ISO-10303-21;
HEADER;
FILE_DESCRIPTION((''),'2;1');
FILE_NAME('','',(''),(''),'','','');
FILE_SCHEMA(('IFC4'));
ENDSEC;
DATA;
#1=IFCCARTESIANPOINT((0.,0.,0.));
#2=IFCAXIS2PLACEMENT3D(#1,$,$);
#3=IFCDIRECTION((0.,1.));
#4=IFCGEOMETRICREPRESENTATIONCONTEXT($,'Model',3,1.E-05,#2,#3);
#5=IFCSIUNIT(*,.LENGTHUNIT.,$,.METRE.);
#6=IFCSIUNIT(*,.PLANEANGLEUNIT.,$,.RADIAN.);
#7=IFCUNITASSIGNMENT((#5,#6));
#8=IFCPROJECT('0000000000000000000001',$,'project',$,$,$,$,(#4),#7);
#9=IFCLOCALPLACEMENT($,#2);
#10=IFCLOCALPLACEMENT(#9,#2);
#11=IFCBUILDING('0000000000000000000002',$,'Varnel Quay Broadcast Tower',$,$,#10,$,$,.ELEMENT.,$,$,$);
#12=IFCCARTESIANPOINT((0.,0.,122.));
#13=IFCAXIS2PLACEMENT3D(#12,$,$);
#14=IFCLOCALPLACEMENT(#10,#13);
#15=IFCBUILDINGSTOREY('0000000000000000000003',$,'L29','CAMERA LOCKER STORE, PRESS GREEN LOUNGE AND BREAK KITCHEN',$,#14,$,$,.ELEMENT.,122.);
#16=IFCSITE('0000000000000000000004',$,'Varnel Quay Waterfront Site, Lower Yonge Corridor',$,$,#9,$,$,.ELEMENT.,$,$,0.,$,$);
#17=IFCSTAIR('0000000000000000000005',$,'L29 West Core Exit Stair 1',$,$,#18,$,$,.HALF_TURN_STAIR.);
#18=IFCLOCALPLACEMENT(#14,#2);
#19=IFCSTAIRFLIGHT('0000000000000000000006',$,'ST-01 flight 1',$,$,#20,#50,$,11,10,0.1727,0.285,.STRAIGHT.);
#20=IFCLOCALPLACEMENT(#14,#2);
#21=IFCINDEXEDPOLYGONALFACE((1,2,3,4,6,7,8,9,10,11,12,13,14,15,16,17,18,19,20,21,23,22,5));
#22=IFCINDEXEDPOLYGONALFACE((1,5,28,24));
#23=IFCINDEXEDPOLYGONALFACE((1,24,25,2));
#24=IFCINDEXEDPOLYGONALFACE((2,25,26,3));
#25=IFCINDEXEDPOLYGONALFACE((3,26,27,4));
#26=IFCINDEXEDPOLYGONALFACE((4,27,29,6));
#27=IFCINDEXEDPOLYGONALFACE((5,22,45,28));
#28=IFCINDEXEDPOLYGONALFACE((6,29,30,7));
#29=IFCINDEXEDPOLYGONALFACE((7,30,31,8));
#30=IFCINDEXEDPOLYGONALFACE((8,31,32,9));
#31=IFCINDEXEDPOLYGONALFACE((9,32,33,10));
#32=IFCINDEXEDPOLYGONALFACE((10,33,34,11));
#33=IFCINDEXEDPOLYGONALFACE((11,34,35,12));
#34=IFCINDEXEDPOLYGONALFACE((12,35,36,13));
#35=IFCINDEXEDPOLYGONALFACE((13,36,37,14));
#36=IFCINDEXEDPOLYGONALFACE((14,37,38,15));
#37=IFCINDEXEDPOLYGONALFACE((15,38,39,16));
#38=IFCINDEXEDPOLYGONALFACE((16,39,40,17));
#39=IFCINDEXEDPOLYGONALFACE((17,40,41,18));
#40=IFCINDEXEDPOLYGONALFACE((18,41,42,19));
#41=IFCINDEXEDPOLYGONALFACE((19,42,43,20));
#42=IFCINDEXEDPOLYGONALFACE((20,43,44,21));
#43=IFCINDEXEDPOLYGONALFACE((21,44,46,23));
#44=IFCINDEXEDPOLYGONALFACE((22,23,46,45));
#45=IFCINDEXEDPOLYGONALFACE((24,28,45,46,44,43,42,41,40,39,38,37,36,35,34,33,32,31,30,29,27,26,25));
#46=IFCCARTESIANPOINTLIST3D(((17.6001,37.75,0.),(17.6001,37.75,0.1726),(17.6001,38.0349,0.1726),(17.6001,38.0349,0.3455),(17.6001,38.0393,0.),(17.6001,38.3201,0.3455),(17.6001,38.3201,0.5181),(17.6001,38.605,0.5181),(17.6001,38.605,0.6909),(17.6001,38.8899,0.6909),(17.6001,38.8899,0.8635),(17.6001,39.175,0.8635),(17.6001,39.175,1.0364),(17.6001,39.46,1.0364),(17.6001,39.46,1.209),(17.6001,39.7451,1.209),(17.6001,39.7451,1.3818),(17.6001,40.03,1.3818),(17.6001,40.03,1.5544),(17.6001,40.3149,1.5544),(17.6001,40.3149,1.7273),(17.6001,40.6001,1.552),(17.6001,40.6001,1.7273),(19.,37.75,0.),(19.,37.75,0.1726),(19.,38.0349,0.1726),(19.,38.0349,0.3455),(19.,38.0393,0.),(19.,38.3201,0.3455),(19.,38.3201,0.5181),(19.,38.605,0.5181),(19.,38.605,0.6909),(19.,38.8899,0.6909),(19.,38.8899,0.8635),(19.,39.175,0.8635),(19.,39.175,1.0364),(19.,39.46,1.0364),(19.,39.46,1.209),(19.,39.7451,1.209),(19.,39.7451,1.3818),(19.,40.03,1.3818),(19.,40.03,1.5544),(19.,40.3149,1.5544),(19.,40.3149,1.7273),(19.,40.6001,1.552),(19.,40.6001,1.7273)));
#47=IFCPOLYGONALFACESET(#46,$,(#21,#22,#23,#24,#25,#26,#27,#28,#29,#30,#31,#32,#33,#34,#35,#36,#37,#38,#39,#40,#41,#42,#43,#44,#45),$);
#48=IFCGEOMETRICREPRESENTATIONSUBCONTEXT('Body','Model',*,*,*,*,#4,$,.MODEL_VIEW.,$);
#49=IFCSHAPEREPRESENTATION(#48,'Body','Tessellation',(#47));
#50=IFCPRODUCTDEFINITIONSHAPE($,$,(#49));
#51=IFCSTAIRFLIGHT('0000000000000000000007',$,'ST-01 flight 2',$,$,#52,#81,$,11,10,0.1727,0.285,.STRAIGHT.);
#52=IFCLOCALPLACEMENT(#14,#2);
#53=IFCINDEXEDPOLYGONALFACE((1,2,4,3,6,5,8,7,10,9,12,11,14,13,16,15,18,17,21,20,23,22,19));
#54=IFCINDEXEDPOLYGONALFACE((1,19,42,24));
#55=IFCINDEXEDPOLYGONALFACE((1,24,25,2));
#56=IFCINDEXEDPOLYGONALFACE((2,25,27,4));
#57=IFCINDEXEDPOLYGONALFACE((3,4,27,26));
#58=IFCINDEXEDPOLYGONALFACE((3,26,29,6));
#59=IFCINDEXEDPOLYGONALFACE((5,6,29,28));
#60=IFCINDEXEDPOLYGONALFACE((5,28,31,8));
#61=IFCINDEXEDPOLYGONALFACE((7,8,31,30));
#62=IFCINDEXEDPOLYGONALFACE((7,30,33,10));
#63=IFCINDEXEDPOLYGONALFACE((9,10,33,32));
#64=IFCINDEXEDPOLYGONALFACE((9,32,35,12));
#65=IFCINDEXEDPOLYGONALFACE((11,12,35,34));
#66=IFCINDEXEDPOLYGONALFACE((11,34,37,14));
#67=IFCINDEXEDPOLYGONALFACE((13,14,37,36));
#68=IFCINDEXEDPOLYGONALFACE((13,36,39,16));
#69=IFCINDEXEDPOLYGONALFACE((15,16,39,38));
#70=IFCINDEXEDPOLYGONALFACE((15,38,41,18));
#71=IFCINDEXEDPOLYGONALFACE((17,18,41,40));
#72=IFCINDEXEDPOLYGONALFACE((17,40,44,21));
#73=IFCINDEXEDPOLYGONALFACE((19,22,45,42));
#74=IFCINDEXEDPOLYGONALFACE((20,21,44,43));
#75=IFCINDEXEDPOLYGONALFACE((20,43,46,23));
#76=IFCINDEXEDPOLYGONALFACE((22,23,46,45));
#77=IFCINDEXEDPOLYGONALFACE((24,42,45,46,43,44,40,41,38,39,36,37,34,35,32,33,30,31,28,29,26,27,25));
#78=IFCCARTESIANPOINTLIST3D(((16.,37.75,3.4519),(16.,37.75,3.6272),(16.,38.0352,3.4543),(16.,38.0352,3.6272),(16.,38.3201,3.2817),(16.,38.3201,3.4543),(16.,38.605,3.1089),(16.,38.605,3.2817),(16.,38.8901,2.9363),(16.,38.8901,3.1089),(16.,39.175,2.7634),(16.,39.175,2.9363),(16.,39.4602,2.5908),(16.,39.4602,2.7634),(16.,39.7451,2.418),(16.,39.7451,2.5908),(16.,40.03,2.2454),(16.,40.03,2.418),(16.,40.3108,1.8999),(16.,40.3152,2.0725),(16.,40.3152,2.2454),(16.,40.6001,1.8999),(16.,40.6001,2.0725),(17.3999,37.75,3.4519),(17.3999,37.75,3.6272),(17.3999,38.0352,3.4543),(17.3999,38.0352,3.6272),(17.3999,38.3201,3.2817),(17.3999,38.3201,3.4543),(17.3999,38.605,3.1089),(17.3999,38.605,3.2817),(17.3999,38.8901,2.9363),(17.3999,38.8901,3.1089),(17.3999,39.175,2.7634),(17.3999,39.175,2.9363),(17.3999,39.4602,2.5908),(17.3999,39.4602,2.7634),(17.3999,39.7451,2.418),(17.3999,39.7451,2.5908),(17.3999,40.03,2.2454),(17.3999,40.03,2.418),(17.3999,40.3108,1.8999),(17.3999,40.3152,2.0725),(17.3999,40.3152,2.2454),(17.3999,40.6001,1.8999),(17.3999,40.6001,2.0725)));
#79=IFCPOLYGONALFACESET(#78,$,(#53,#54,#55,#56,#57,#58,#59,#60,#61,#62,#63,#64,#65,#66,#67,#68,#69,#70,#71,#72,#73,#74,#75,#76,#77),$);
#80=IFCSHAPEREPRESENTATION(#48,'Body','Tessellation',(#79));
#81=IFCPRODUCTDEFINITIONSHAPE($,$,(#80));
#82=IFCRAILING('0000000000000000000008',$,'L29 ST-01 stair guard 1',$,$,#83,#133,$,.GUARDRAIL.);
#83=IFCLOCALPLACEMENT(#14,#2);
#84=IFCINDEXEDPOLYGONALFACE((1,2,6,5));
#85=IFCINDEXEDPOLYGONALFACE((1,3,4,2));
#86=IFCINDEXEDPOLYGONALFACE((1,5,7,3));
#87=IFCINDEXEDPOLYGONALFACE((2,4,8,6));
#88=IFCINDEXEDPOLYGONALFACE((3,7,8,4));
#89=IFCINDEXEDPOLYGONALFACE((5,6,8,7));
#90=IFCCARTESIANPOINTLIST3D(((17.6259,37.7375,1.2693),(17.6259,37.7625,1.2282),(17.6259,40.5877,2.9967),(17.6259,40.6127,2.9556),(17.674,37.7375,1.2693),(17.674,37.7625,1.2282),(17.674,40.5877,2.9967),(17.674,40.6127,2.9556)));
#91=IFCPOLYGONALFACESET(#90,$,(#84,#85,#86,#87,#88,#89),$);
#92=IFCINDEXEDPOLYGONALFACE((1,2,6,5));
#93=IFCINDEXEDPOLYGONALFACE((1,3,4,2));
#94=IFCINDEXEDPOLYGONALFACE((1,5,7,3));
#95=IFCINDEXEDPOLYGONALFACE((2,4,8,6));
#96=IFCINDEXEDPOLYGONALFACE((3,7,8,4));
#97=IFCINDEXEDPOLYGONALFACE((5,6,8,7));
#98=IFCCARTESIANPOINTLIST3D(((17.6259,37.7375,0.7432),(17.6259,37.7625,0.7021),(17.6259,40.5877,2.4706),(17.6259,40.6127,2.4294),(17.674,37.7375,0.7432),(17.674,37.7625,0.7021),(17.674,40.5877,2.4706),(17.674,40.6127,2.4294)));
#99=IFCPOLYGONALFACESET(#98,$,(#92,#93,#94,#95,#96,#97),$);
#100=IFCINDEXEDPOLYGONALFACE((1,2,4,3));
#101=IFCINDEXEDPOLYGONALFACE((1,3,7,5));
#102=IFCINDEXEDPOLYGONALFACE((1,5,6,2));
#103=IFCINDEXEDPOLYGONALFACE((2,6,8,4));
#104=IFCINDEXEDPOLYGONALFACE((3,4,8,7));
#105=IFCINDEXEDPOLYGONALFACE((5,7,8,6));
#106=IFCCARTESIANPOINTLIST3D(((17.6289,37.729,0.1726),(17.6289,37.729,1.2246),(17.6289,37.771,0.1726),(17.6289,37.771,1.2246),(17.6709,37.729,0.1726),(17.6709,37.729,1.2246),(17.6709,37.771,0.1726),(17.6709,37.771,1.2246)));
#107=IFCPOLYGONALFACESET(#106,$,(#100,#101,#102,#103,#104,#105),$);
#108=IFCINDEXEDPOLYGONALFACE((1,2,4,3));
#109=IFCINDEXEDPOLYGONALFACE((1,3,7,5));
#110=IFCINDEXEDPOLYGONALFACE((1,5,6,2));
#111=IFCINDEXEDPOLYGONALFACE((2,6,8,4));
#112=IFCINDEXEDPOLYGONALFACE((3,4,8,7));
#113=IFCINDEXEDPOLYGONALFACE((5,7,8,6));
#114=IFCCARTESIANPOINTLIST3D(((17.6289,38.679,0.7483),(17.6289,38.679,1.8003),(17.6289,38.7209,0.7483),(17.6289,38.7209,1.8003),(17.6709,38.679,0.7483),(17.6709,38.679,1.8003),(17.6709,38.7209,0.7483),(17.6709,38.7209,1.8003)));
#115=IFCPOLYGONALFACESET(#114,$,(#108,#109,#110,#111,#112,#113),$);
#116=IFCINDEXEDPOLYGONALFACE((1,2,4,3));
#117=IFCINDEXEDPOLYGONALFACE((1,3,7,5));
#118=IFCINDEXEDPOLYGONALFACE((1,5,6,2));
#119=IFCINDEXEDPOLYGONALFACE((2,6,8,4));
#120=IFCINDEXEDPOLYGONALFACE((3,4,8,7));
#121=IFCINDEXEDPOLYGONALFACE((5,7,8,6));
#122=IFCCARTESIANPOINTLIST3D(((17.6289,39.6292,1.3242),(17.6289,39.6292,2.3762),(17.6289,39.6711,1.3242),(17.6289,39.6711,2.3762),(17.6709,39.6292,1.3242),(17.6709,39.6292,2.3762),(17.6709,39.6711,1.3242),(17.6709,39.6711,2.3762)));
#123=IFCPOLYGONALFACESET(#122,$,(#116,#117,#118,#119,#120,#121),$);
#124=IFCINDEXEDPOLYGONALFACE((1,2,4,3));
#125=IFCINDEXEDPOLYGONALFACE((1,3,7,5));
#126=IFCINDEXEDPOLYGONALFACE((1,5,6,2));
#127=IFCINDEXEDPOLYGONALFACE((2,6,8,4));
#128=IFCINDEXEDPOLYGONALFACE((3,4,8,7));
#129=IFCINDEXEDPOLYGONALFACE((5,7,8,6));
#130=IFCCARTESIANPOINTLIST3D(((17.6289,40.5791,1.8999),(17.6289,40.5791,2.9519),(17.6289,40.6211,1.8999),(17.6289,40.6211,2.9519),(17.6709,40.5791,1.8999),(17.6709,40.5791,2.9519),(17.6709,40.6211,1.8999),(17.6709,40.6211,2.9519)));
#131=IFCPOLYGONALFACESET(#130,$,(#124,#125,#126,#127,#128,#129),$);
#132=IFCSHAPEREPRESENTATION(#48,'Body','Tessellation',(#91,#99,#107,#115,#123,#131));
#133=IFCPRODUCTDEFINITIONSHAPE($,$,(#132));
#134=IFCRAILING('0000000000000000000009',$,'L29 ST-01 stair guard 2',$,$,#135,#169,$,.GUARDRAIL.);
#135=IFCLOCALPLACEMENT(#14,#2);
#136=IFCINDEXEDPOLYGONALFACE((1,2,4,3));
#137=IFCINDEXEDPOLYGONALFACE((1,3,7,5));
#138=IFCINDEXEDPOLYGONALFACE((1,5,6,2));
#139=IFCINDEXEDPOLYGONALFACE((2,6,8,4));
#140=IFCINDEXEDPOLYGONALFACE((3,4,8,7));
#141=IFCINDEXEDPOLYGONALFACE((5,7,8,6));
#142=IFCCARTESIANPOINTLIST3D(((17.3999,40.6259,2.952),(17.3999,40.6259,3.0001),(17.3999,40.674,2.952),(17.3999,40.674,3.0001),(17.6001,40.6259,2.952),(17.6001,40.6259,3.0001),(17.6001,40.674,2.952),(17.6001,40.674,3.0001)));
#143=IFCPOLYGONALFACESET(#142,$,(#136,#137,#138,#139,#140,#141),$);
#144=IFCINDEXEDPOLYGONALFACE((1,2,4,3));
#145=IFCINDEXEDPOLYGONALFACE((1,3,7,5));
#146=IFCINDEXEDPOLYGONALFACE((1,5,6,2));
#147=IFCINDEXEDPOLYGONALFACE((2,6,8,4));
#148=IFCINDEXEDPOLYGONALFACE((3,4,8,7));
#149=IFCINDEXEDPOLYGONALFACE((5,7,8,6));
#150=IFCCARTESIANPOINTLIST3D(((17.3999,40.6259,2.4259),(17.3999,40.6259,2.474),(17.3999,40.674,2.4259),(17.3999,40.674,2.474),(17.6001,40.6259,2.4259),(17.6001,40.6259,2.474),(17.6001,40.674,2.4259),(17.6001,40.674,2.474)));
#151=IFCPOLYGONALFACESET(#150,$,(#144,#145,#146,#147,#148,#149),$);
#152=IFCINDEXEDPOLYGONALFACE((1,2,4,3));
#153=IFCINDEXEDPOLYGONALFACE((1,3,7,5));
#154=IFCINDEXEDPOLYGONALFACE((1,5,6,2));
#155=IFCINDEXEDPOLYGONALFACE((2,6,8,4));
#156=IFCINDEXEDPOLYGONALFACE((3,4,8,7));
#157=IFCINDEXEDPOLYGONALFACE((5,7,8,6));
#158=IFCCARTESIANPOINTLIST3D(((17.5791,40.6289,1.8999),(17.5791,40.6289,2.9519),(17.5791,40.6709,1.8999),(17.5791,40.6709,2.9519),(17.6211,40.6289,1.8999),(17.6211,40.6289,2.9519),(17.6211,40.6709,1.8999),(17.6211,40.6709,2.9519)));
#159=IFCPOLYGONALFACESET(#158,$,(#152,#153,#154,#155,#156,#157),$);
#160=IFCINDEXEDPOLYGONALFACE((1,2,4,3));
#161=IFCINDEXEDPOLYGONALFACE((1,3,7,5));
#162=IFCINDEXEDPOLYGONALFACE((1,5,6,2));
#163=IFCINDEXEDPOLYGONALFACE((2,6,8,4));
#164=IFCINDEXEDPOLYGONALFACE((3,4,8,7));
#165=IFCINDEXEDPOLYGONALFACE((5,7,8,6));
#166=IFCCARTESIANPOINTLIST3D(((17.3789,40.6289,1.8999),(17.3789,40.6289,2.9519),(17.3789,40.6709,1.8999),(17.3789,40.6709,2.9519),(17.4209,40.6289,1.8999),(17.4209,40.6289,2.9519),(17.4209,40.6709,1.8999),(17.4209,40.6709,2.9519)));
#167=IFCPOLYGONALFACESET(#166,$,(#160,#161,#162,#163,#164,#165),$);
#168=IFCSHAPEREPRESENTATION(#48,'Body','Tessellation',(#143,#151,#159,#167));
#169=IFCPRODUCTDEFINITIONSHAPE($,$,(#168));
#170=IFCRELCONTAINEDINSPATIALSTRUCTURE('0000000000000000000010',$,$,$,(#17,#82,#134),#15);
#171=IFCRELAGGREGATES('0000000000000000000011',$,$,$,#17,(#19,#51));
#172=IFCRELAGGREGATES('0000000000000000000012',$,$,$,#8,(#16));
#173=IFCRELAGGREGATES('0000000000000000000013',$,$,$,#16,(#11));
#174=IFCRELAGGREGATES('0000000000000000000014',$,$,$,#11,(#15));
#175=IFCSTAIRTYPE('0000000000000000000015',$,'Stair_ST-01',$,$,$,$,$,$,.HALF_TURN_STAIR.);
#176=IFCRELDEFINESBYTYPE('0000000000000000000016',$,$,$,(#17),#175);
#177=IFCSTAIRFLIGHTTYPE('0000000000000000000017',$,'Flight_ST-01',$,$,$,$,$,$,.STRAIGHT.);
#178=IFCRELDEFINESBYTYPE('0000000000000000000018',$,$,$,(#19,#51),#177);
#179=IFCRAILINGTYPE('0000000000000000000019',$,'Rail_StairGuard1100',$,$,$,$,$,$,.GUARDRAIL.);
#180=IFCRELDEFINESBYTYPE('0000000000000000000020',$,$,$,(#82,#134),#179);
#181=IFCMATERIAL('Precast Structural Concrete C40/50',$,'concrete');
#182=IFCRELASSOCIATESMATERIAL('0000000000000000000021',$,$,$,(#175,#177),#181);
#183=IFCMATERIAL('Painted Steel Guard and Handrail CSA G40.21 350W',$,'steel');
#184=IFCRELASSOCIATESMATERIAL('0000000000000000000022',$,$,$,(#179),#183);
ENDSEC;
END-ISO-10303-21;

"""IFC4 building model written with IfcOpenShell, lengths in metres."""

from ifc_helpers import new_model, si_unit, direction, frame, origin, origin_2d, place, context, subcontext, project, spatial, polyline, rectangle, outline, extrude, material, type_object, element, aggregate, save


model = new_model("IFC4")

# Units and contexts
model_context = context("Model", 3, precision=1e-05, world=origin(), true_north=direction((0.0, 1.0)))
body_context = subcontext(model_context, "Body", "Model", "MODEL_VIEW")
ifc_project = project(units=[si_unit("LENGTHUNIT", "METRE"), si_unit("PLANEANGLEUNIT", "RADIAN")], contexts=[model_context])

# Site, building, storey
site_placement = place(None, origin())
site = spatial("IfcSite", under=ifc_project, at=site_placement, Name="Varnel Quay Waterfront Site, Lower Yonge Corridor", CompositionType="ELEMENT", RefElevation=0.0)
building_placement = place(site_placement, origin())
building = spatial("IfcBuilding", under=site, at=building_placement, Name="Varnel Quay Broadcast Tower", CompositionType="ELEMENT")
storey_placement = place(building_placement, frame((0.0, 0.0, 122.0)))
storey = spatial("IfcBuildingStorey", under=building, at=storey_placement, Name="L29", Description="CAMERA LOCKER STORE, PRESS GREEN LOUNGE AND BREAK KITCHEN", CompositionType="ELEMENT", Elevation=122.0)

# Stair, stair flights
ifc_material_1 = material(Name="Precast Structural Concrete C40/50", Category="concrete")
stair_type = type_object("IfcStairType", Name="Stair_ST-01", PredefinedType="HALF_TURN_STAIR", material=ifc_material_1)
stair_placement = place(storey_placement, origin())
stair = element("IfcStair", 1, at=stair_placement, inside=storey, type_object=stair_type, Name="L29 West Core Exit Stair 1", PredefinedType="HALF_TURN_STAIR")
stair_flight_type = type_object("IfcStairFlightType", Name="Flight_ST-01", PredefinedType="STRAIGHT", material=ifc_material_1)
stair_flight_1_placement = place(storey_placement, frame((18.3, 37.75, 0.0), z_axis=(0.0, 0.0, 1.0), x_axis=(0.0, 1.0, 0.0)))
stair_flight_1 = element("IfcStairFlight", 2, at=stair_flight_1_placement, type_object=stair_flight_type, Name="ST-01 flight 1", NumberOfRisers=11, NumberOfTreads=10, PredefinedType="STRAIGHT", RiserHeight=0.1727, TreadLength=0.285, context=body_context, shape_type="SweptSolid", body=[
    extrude(outline(polyline([(0.0, 0.0), (0.0, 0.1726), (0.2849, 0.1726), (0.2849, 0.3455), (0.5701, 0.3455), (0.5701, 0.5181), (0.855, 0.5181), (0.855, 0.6909), (1.1399, 0.6909), (1.1399, 0.8635), (1.425, 0.8635), (1.425, 1.0364), (1.71, 1.0364), (1.71, 1.209), (1.9951, 1.209), (1.9951, 1.3818), (2.28, 1.3818), (2.28, 1.5544), (2.5649, 1.5544), (2.5649, 1.7273), (2.8501, 1.7273), (2.8501, 1.8999), (2.8501, 1.552), (0.2893, 0.0), (0.0, 0.0)])), frame((0.0, 0.7, 0.0), z_axis=(0.0, -1.0, 0.0), x_axis=(1.0, 0.0, 0.0)), (0.0, 0.0, 1.0), 1.3999),
])
stair_flight_2_placement = place(storey_placement, frame((16.7, 40.6001, 1.8999), z_axis=(0.0, 0.0, 1.0), x_axis=(0.0, -1.0, 0.0)))
stair_flight_2 = element("IfcStairFlight", 3, at=stair_flight_2_placement, type_object=stair_flight_type, Name="ST-01 flight 2", NumberOfRisers=11, NumberOfTreads=10, PredefinedType="STRAIGHT", RiserHeight=0.1727, TreadLength=0.285, context=body_context, shape_type="SweptSolid", body=[
    extrude(outline(polyline([(0.0, 0.0), (0.0, 0.1726), (0.2849, 0.1726), (0.2849, 0.3455), (0.5701, 0.3455), (0.5701, 0.5181), (0.855, 0.5181), (0.855, 0.6909), (1.1399, 0.6909), (1.1399, 0.8635), (1.425, 0.8635), (1.425, 1.0364), (1.71, 1.0364), (1.71, 1.209), (1.9951, 1.209), (1.9951, 1.3818), (2.28, 1.3818), (2.28, 1.5544), (2.5649, 1.5544), (2.5649, 1.7273), (2.8501, 1.7273), (2.8501, 1.8999), (2.8501, 1.552), (0.2893, 0.0), (0.0, 0.0)])), frame((0.0, 0.7, 0.0), z_axis=(0.0, -1.0, 0.0), x_axis=(1.0, 0.0, 0.0)), (0.0, 0.0, 1.0), 1.3999),
])
aggregate(stair, [stair_flight_1, stair_flight_2])

# Railings
ifc_material_2 = material(Name="Painted Steel Guard and Handrail CSA G40.21 350W", Category="steel")
railing_type_1 = type_object("IfcRailingType", Name="Rail_StairGuard1100", PredefinedType="GUARDRAIL", material=ifc_material_2)
railing_1_placement = place(storey_placement, frame((17.6499, 37.75, 0.1726)))
element("IfcRailing", 4, at=railing_1_placement, inside=storey, type_object=railing_type_1, Name="L29 ST-01 stair guard 1", PredefinedType="GUARDRAIL", context=body_context, shape_type="SweptSolid", body=[
    extrude(rectangle(XDim=0.0481, YDim=0.0481, at=origin_2d()), frame((0.0, 0.0, 1.0762), z_axis=(0.0, 0.855203, 0.518294), x_axis=(-1.0, 0.0, 0.0)), (0.0, 0.0, 1.0), 3.3328),
    extrude(rectangle(XDim=0.0481, YDim=0.0481, at=origin_2d()), frame((0.0, 0.0, 0.55), z_axis=(0.0, 0.855203, 0.518294), x_axis=(-1.0, 0.0, 0.0)), (0.0, 0.0, 1.0), 3.3328),
    extrude(rectangle(XDim=0.042, YDim=0.042, at=origin_2d()), origin(), (0.0, 0.0, 1.0), 1.052),
    extrude(rectangle(XDim=0.042, YDim=0.042, at=origin_2d()), frame((0.0, 0.95, 0.5757)), (0.0, 0.0, 1.0), 1.052),
    extrude(rectangle(XDim=0.042, YDim=0.042, at=origin_2d()), frame((0.0, 1.9001, 1.1516)), (0.0, 0.0, 1.0), 1.052),
    extrude(rectangle(XDim=0.042, YDim=0.042, at=origin_2d()), frame((0.0, 2.8501, 1.7273)), (0.0, 0.0, 1.0), 1.052),
])
railing_2_placement = place(storey_placement, frame((17.6001, 40.6499, 1.8999)))
element("IfcRailing", 5, at=railing_2_placement, inside=storey, type_object=railing_type_1, Name="L29 ST-01 stair guard 2", PredefinedType="GUARDRAIL", context=body_context, shape_type="SweptSolid", body=[
    extrude(rectangle(XDim=0.0481, YDim=0.0481, at=origin_2d()), frame((0.0, 0.0, 1.0762), z_axis=(-1.0, 0.0, 0.0), x_axis=(0.0, -1.0, 0.0)), (0.0, 0.0, 1.0), 0.2002),
    extrude(rectangle(XDim=0.0481, YDim=0.0481, at=origin_2d()), frame((0.0, 0.0, 0.55), z_axis=(-1.0, 0.0, 0.0), x_axis=(0.0, -1.0, 0.0)), (0.0, 0.0, 1.0), 0.2002),
    extrude(rectangle(XDim=0.042, YDim=0.042, at=origin_2d()), origin(), (0.0, 0.0, 1.0), 1.052),
    extrude(rectangle(XDim=0.042, YDim=0.042, at=origin_2d()), frame((-0.2002, 0.0, 0.0)), (0.0, 0.0, 1.0), 1.052),
])

save(model, "model.ifc")
